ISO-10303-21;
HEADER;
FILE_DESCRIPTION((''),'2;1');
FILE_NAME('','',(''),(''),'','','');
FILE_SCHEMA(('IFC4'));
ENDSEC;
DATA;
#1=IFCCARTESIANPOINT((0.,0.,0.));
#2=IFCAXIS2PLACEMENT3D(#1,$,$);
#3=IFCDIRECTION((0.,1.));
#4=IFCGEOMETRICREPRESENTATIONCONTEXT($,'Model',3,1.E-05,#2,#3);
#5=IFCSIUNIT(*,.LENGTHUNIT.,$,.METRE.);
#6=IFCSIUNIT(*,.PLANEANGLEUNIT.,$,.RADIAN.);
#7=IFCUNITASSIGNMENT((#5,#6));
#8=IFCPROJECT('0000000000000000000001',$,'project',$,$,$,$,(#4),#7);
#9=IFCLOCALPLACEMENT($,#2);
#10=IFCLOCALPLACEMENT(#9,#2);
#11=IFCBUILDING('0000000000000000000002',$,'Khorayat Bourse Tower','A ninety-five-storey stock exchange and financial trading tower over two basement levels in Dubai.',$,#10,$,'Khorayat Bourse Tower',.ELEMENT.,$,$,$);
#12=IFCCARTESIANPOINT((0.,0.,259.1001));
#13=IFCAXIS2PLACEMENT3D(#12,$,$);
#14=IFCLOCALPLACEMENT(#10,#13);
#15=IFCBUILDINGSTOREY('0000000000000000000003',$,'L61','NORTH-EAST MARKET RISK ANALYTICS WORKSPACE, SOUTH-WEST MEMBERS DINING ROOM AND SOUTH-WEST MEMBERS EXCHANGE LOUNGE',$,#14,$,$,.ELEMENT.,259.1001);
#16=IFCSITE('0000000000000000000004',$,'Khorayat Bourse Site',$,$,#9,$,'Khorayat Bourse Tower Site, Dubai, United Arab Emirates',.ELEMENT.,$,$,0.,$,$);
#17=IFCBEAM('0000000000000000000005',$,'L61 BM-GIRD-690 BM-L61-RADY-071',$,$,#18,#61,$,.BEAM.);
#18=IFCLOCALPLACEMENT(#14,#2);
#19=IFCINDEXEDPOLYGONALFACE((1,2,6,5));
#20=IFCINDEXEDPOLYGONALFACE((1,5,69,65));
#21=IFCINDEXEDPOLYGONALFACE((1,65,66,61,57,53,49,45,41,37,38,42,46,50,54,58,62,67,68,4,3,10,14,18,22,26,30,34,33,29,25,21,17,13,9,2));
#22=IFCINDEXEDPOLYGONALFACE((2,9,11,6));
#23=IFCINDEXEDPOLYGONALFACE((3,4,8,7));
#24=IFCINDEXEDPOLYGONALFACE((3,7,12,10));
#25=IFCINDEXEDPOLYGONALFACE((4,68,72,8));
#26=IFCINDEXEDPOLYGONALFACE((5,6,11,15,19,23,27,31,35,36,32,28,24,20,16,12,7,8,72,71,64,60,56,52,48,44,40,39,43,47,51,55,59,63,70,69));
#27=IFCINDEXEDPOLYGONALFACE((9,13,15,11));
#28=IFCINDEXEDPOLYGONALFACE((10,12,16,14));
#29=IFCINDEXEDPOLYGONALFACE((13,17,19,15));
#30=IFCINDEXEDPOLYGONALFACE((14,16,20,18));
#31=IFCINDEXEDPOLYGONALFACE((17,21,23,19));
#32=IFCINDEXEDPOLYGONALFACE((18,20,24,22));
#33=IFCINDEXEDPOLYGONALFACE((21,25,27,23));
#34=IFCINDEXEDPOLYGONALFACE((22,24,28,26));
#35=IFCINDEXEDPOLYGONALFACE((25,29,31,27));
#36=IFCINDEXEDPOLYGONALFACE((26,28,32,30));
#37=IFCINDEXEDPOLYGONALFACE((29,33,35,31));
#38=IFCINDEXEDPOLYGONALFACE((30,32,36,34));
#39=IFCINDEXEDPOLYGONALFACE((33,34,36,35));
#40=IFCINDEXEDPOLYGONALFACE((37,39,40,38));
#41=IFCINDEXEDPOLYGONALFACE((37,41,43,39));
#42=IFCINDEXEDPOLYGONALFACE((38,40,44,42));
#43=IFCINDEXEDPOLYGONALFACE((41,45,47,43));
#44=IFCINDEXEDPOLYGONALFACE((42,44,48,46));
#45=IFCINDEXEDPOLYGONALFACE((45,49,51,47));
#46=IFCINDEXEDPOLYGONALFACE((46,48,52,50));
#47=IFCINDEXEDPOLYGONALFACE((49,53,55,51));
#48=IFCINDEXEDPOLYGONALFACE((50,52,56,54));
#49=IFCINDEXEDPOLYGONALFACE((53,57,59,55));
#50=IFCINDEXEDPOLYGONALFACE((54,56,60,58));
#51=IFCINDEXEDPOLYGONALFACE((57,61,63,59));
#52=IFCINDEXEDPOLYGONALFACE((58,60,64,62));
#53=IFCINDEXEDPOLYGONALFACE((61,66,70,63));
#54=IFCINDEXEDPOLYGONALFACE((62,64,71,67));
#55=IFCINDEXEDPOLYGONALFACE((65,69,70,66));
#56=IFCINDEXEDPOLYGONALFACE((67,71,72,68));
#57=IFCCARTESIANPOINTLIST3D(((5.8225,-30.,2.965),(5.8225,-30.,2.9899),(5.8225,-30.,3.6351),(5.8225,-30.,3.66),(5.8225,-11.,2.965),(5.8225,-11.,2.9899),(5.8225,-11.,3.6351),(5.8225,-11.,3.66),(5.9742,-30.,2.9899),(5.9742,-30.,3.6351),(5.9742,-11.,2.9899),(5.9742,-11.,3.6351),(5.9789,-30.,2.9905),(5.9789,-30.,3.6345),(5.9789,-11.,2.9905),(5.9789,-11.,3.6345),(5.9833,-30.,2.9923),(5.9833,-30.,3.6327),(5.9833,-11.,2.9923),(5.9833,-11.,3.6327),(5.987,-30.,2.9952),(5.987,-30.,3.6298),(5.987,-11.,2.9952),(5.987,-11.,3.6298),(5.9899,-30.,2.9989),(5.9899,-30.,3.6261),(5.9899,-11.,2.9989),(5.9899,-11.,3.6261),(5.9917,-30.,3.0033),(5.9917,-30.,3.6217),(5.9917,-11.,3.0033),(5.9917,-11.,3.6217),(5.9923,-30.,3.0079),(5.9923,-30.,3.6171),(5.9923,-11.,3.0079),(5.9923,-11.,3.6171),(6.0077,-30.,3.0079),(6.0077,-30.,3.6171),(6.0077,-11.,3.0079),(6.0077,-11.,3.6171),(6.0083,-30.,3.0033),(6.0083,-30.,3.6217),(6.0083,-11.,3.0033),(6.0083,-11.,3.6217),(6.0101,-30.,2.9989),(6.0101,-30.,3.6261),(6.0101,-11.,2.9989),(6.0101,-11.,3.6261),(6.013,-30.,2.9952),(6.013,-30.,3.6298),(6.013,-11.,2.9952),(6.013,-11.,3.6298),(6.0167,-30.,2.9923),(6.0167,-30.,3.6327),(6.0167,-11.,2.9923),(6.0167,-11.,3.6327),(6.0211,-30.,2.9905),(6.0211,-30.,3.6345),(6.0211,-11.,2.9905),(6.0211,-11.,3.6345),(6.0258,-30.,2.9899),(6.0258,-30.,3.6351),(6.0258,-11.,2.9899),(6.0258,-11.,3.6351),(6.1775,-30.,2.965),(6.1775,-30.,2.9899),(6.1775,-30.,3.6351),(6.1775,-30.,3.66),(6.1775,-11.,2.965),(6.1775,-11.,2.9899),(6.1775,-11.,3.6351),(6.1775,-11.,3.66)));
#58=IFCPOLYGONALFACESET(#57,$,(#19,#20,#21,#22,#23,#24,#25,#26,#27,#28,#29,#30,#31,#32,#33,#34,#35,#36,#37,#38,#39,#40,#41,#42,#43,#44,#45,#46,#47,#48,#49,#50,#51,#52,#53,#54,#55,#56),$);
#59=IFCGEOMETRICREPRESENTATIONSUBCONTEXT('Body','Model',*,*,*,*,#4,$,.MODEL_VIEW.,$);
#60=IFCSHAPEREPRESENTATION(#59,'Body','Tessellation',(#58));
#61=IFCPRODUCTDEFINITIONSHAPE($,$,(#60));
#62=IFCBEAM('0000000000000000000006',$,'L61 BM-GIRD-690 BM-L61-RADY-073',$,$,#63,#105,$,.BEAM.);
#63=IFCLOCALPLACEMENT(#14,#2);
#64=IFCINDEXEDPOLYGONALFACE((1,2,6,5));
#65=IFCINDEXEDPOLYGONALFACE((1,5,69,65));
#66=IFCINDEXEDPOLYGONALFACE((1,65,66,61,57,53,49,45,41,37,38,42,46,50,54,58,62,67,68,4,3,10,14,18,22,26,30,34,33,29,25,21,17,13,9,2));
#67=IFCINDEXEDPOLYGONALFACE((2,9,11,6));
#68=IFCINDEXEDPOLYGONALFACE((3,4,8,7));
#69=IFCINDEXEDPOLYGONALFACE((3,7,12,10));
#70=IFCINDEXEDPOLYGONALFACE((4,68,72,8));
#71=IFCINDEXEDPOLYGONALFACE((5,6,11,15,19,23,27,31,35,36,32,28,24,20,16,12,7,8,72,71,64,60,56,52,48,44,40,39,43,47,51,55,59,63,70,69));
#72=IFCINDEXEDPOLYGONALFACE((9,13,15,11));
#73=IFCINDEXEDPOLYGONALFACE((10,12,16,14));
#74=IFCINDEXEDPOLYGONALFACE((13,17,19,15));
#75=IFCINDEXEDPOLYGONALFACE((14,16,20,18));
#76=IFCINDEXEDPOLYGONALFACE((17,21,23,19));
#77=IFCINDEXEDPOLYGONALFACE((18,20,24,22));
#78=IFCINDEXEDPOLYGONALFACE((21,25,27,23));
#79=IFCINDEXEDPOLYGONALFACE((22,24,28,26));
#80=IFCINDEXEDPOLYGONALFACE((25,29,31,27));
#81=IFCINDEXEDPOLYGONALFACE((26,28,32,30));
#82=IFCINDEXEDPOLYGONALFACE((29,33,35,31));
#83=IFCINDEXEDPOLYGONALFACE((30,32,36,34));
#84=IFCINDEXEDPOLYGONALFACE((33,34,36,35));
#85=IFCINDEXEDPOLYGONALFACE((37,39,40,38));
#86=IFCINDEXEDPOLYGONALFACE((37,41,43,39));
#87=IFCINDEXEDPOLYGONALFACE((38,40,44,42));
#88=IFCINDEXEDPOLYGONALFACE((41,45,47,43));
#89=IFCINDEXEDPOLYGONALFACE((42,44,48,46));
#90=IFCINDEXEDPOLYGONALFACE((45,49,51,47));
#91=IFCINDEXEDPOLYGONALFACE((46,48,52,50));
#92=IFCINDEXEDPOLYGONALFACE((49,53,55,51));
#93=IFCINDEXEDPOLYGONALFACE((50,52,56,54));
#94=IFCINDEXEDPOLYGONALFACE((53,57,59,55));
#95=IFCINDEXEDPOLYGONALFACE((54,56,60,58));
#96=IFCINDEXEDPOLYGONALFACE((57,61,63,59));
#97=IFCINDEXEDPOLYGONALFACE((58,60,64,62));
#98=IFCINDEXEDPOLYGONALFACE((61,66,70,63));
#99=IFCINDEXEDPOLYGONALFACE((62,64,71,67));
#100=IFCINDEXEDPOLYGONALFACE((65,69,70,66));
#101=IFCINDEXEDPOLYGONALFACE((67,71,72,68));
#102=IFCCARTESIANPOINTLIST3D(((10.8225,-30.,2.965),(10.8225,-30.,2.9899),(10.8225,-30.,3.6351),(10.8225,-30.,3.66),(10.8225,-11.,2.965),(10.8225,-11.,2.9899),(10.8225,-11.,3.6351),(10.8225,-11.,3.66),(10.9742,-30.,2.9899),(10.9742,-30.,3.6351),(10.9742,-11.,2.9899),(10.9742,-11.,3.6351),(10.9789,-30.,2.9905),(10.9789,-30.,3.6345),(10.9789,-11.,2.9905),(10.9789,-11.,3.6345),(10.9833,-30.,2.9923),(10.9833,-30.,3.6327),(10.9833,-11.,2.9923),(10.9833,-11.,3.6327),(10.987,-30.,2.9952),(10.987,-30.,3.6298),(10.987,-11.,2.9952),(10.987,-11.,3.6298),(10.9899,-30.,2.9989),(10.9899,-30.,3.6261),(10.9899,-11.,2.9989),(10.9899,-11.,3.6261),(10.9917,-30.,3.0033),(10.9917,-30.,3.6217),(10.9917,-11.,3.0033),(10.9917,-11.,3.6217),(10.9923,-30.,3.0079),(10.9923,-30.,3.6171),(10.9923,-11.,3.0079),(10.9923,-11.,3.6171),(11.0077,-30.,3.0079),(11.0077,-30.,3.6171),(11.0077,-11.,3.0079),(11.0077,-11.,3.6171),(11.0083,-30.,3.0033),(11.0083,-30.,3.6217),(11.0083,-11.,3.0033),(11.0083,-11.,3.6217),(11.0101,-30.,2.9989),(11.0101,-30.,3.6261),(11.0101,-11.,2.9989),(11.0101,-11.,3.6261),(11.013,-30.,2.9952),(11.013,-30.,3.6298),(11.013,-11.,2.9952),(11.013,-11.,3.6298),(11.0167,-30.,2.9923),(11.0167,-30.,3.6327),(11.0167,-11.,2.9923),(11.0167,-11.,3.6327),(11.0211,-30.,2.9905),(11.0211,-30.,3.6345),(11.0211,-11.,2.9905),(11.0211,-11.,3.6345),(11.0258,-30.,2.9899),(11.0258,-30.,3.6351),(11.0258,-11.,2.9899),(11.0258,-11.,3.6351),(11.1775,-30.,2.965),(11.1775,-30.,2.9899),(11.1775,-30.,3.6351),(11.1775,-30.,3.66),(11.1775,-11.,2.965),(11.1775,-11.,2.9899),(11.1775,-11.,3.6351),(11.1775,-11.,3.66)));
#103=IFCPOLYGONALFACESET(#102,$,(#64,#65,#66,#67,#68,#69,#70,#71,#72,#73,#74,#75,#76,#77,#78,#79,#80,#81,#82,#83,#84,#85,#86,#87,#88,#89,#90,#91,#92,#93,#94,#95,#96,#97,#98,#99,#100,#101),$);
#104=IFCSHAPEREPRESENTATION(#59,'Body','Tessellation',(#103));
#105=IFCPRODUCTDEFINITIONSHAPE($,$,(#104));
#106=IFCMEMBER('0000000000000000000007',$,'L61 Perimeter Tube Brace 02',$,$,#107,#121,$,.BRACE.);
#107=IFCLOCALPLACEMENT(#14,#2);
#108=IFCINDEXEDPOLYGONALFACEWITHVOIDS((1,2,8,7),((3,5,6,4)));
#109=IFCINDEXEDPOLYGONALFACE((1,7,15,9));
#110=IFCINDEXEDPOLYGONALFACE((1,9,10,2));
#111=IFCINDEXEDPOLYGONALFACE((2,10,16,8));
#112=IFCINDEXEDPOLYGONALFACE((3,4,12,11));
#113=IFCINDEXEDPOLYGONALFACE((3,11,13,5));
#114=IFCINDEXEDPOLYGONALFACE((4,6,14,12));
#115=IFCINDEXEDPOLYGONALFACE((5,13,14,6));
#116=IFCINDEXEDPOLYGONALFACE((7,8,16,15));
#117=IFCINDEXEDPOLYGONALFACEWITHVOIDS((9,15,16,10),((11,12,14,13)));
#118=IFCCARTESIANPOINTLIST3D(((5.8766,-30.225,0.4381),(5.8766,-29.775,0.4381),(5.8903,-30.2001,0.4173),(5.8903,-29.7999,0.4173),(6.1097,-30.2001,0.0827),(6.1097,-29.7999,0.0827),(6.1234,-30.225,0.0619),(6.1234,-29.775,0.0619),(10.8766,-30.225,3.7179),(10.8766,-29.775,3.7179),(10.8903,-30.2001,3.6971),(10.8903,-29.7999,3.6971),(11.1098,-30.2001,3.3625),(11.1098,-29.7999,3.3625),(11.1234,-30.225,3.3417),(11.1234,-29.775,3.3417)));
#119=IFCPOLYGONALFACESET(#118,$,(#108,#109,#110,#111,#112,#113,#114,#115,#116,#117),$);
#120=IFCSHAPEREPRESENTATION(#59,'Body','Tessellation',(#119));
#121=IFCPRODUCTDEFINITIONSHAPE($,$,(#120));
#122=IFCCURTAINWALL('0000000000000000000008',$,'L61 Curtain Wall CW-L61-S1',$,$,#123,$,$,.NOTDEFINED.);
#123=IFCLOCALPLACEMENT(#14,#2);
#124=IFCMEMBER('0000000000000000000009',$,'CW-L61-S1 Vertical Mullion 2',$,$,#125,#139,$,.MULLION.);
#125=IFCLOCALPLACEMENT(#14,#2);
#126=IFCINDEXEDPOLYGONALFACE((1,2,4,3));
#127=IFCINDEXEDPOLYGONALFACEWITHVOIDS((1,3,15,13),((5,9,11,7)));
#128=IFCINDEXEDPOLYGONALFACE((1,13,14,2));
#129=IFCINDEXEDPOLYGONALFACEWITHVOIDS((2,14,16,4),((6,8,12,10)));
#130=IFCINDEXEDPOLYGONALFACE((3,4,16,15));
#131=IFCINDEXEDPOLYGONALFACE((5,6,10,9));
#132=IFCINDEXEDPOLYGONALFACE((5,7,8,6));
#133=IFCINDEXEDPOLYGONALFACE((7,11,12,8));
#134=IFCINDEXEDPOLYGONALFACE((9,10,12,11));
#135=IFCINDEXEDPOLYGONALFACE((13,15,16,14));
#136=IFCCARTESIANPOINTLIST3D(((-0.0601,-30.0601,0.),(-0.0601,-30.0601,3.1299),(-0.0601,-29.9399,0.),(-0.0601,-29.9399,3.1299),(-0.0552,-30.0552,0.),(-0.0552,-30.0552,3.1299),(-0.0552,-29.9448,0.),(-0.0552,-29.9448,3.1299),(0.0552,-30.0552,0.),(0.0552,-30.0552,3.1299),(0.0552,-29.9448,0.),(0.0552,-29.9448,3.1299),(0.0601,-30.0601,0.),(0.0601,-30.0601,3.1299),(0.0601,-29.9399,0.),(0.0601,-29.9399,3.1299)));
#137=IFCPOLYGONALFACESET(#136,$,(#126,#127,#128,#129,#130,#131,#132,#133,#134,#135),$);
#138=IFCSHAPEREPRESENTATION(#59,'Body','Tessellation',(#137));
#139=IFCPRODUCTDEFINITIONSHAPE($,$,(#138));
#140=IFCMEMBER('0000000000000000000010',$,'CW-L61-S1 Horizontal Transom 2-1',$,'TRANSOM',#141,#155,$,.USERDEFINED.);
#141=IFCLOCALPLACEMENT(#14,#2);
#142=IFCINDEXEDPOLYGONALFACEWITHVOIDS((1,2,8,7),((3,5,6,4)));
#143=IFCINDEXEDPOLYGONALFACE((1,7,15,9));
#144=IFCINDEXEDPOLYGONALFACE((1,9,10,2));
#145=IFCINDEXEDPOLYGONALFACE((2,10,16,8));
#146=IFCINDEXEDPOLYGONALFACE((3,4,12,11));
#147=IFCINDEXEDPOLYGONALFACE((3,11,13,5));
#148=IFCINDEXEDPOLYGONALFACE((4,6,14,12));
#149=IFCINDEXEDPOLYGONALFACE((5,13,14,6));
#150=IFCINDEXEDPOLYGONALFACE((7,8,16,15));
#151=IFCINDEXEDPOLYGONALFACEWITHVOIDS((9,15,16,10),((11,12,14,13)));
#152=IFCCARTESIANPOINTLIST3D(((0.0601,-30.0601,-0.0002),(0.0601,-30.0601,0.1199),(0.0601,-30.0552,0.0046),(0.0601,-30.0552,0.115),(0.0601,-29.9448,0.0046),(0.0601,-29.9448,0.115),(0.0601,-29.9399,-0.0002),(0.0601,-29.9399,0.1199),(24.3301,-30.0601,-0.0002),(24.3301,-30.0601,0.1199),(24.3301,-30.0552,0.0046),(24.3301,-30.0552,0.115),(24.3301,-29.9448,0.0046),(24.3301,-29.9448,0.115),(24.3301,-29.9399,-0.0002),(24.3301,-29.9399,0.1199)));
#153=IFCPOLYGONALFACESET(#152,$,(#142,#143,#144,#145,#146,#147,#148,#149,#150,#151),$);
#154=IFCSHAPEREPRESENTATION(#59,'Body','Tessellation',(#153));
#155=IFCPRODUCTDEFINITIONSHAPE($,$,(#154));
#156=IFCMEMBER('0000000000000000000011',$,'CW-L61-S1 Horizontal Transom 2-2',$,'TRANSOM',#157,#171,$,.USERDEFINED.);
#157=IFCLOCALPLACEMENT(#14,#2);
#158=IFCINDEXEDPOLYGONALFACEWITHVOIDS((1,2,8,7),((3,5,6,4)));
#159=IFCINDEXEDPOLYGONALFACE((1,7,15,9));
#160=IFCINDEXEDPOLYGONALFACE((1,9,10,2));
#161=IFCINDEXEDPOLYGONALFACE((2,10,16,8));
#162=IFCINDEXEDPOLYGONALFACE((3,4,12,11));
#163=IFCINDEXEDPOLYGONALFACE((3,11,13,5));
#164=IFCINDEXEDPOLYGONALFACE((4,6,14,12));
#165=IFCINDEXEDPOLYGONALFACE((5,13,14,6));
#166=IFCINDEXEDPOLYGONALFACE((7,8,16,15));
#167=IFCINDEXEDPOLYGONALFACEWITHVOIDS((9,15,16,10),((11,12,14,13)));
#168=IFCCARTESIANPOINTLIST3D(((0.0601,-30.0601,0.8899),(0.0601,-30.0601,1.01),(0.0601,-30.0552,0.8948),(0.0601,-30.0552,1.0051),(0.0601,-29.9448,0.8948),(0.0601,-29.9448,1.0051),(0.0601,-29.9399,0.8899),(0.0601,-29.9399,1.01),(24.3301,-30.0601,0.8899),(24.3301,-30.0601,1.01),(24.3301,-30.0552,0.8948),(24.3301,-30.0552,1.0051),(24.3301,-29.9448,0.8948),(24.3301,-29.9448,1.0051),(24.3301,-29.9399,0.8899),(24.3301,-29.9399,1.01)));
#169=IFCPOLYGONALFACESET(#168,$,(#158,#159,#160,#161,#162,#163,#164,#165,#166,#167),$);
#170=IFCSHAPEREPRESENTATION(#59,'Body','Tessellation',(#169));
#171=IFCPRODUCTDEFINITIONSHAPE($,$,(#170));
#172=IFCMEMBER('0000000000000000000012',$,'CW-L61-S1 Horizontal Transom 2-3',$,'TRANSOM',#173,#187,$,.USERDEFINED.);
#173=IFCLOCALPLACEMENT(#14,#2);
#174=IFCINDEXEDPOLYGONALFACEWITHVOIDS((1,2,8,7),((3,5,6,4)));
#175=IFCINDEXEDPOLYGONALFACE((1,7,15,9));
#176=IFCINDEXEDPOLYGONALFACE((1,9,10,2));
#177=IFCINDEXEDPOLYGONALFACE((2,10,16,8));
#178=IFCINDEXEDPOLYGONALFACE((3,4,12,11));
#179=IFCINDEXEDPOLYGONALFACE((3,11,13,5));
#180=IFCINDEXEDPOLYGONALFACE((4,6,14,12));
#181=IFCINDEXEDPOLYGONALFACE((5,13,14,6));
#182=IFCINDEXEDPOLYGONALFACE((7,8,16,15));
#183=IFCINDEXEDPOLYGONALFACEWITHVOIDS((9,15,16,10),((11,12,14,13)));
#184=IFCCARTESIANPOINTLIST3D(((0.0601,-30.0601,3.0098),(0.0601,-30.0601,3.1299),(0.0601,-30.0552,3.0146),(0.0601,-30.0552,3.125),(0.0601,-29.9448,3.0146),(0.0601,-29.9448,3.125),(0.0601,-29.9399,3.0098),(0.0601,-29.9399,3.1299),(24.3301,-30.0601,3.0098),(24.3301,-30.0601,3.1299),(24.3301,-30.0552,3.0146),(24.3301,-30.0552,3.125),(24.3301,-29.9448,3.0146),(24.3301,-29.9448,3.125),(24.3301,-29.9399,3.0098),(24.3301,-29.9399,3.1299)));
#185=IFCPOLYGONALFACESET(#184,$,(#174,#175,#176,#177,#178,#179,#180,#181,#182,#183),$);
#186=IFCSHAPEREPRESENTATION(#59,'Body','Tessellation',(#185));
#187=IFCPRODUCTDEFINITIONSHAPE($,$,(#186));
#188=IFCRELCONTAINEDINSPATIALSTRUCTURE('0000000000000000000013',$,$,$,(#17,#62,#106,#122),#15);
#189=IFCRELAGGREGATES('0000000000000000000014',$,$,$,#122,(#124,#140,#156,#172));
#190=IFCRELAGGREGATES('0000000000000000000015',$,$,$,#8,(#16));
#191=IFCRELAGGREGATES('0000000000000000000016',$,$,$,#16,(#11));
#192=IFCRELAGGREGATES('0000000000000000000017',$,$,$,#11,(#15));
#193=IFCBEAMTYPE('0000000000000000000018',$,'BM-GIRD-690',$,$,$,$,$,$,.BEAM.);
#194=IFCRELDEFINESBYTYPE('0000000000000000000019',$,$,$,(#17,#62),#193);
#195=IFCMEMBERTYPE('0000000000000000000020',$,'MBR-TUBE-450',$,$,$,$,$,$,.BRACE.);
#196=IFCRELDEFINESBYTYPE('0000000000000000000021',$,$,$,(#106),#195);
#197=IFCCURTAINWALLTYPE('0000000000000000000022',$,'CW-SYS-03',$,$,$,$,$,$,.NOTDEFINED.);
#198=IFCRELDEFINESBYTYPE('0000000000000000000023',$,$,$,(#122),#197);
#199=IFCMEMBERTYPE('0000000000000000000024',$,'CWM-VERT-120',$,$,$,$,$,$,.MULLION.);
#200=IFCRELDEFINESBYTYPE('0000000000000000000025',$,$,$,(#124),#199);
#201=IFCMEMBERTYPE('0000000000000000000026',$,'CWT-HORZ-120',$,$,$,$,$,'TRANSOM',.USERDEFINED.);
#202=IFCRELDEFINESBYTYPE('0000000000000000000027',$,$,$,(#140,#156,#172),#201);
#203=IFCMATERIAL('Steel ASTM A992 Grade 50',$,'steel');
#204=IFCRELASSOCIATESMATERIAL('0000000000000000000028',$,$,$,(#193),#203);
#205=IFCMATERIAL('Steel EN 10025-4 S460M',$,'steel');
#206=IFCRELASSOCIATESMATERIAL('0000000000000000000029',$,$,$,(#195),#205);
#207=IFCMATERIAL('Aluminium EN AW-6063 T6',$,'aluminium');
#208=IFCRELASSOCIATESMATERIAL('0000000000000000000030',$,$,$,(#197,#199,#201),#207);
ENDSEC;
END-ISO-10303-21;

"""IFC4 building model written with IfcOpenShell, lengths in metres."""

from ifc_helpers import new_model, si_unit, direction, frame, origin, origin_2d, place, context, subcontext, project, spatial, hollow_rectangle, i_section, extrude, source, transform, mapped, material, material_profile, profile_set, type_object, element, aggregate, save


model = new_model("IFC4")

# Units and contexts
model_context = context("Model", 3, precision=1e-05, world=origin(), true_north=direction((0.0, 1.0)))
body_context = subcontext(model_context, "Body", "Model", "MODEL_VIEW")
ifc_project = project(units=[si_unit("LENGTHUNIT", "METRE"), si_unit("PLANEANGLEUNIT", "RADIAN")], contexts=[model_context])

# Site, building, storey
site_placement = place(None, origin())
site = spatial("IfcSite", under=ifc_project, at=site_placement, Name="Khorayat Bourse Site", LongName="Khorayat Bourse Tower Site, Dubai, United Arab Emirates", CompositionType="ELEMENT", RefElevation=0.0)
building_placement = place(site_placement, origin())
building = spatial("IfcBuilding", under=site, at=building_placement, Name="Khorayat Bourse Tower", Description="A ninety-five-storey stock exchange and financial trading tower over two basement levels in Dubai.", LongName="Khorayat Bourse Tower", CompositionType="ELEMENT")
storey_placement = place(building_placement, frame((0.0, 0.0, 259.1001)))
storey = spatial("IfcBuildingStorey", under=building, at=storey_placement, Name="L61", Description="NORTH-EAST MARKET RISK ANALYTICS WORKSPACE, SOUTH-WEST MEMBERS DINING ROOM AND SOUTH-WEST MEMBERS EXCHANGE LOUNGE", CompositionType="ELEMENT", Elevation=259.1001)

# Shared definitions
ifc_material_1 = material(Name="Steel EN 10025-4 S460M", Category="steel")

# Beams
ifc_material_2 = material(Name="Steel ASTM A992 Grade 50", Category="steel")
ifc_material_profile_1 = material_profile(ifc_material_2, i_section(OverallWidth=0.355, OverallDepth=0.6951, WebThickness=0.0154, FlangeThickness=0.0249, FilletRadius=0.0181, at=origin_2d()), Name="W690X217")
ifc_profile_set_1 = profile_set([ifc_material_profile_1], Name="Steel ASTM A992 Grade 50")
beam_type_1 = type_object("IfcBeamType", Name="BM-GIRD-690", PredefinedType="BEAM", material=ifc_profile_set_1)
shared_shape_1 = source(origin(), body_context, "Body", "SweptSolid", [
    extrude(i_section(OverallWidth=0.355, OverallDepth=0.6951, WebThickness=0.0154, FlangeThickness=0.0249, FilletRadius=0.0181, at=origin_2d()), origin(), (0.0, 0.0, 1.0), 19.0),
])
for number, where, z_axis, x_axis, name in (
    (1, (6.0, -30.0, 3.3125), (0.0, 1.0, 0.0), (-1.0, 0.0, 0.0), "L61 BM-GIRD-690 BM-L61-RADY-071"),
    (2, (11.0, -30.0, 3.3125), (0.0, 1.0, 0.0), (-1.0, 0.0, 0.0), "L61 BM-GIRD-690 BM-L61-RADY-073"),
):
    element("IfcBeam", number, at=place(storey_placement, frame(where, z_axis=z_axis, x_axis=x_axis)), inside=storey, type_object=beam_type_1, Name=name, PredefinedType="BEAM", context=body_context, shape_type="MappedRepresentation", body=[
        mapped(shared_shape_1, transform((0.0, 0.0, 0.0), scale=1.0)),
    ])

# Member
ifc_material_profile_2 = material_profile(ifc_material_1, hollow_rectangle(XDim=0.45, YDim=0.45, WallThickness=0.0249, at=origin_2d()), Name="HSS 450x450x25")
ifc_profile_set_2 = profile_set([ifc_material_profile_2], Name="Steel EN 10025-4 S460M")
member_type_1 = type_object("IfcMemberType", Name="MBR-TUBE-450", PredefinedType="BRACE", material=ifc_profile_set_2)
shared_shape_2 = source(origin(), body_context, "Body", "SweptSolid", [
    extrude(hollow_rectangle(XDim=0.45, YDim=0.45, WallThickness=0.0249, at=origin_2d()), origin(), (0.0, 0.0, 1.0), 5.9797),
])
member_1_placement = place(storey_placement, frame((6.0, -30.0, 0.25), z_axis=(0.83616, 0.0, 0.548485), x_axis=(0.0, 1.0, 0.0)))
element("IfcMember", 3, at=member_1_placement, inside=storey, type_object=member_type_1, Name="L61 Perimeter Tube Brace 02", PredefinedType="BRACE", context=body_context, shape_type="MappedRepresentation", body=[
    mapped(shared_shape_2, transform((0.0, 0.0, 0.0), scale=1.0)),
])

# Curtain wall, members
ifc_material_3 = material(Name="Aluminium EN AW-6063 T6", Category="aluminium")
curtain_wall_type = type_object("IfcCurtainWallType", Name="CW-SYS-03", PredefinedType="NOTDEFINED", material=ifc_material_3)
curtain_wall_placement = place(storey_placement, origin())
curtain_wall = element("IfcCurtainWall", 4, at=curtain_wall_placement, inside=storey, type_object=curtain_wall_type, Name="L61 Curtain Wall CW-L61-S1", PredefinedType="NOTDEFINED")
ifc_material_profile_3 = material_profile(ifc_material_3, hollow_rectangle(XDim=0.1201, YDim=0.1201, WallThickness=0.0049, at=origin_2d()), Name="ALU 120x120x5")
ifc_profile_set_3 = profile_set([ifc_material_profile_3], Name="Aluminium EN AW-6063 T6")
member_type_2 = type_object("IfcMemberType", Name="CWM-VERT-120", PredefinedType="MULLION", material=ifc_profile_set_3)
shared_shape_3 = source(origin(), body_context, "Body", "SweptSolid", [
    extrude(hollow_rectangle(XDim=0.1201, YDim=0.1201, WallThickness=0.0049, at=origin_2d()), origin(), (0.0, 0.0, 1.0), 3.1299),
])
member_2_placement = place(storey_placement, frame((0.0, -30.0, 0.0), z_axis=(0.0, 0.0, 1.0), x_axis=(0.0, 1.0, 0.0)))
member_2 = element("IfcMember", 5, at=member_2_placement, type_object=member_type_2, Name="CW-L61-S1 Vertical Mullion 2", PredefinedType="MULLION", context=body_context, shape_type="MappedRepresentation", body=[
    mapped(shared_shape_3, transform((0.0, 0.0, 0.0), scale=1.0)),
])
ifc_material_profile_4 = material_profile(ifc_material_3, hollow_rectangle(XDim=0.1201, YDim=0.1201, WallThickness=0.0049, at=origin_2d()), Name="ALU 120x120x5")
ifc_profile_set_4 = profile_set([ifc_material_profile_4], Name="Aluminium EN AW-6063 T6")
member_type_3 = type_object("IfcMemberType", Name="CWT-HORZ-120", ElementType="TRANSOM", PredefinedType="USERDEFINED", material=ifc_profile_set_4)
shared_shape_4 = source(origin(), body_context, "Body", "SweptSolid", [
    extrude(hollow_rectangle(XDim=0.1201, YDim=0.1201, WallThickness=0.0049, at=origin_2d()), origin(), (0.0, 0.0, 1.0), 24.27),
])
member_3_placement = place(storey_placement, frame((0.0601, -30.0, 0.0598), z_axis=(1.0, 0.0, 0.0), x_axis=(0.0, 1.0, 0.0)))
member_3 = element("IfcMember", 6, at=member_3_placement, type_object=member_type_3, Name="CW-L61-S1 Horizontal Transom 2-1", ObjectType="TRANSOM", PredefinedType="USERDEFINED", context=body_context, shape_type="MappedRepresentation", body=[
    mapped(shared_shape_4, transform((0.0, 0.0, 0.0), scale=1.0)),
])
member_4_placement = place(storey_placement, frame((0.0601, -30.0, 0.95), z_axis=(1.0, 0.0, 0.0), x_axis=(0.0, 1.0, 0.0)))
member_4 = element("IfcMember", 7, at=member_4_placement, type_object=member_type_3, Name="CW-L61-S1 Horizontal Transom 2-2", ObjectType="TRANSOM", PredefinedType="USERDEFINED", context=body_context, shape_type="MappedRepresentation", body=[
    mapped(shared_shape_4, transform((0.0, 0.0, 0.0), scale=1.0)),
])
member_5_placement = place(storey_placement, frame((0.0601, -30.0, 3.0698), z_axis=(1.0, 0.0, 0.0), x_axis=(0.0, 1.0, 0.0)))
member_5 = element("IfcMember", 8, at=member_5_placement, type_object=member_type_3, Name="CW-L61-S1 Horizontal Transom 2-3", ObjectType="TRANSOM", PredefinedType="USERDEFINED", context=body_context, shape_type="MappedRepresentation", body=[
    mapped(shared_shape_4, transform((0.0, 0.0, 0.0), scale=1.0)),
])
aggregate(curtain_wall, [member_2, member_3, member_4, member_5])

save(model, "model.ifc")
